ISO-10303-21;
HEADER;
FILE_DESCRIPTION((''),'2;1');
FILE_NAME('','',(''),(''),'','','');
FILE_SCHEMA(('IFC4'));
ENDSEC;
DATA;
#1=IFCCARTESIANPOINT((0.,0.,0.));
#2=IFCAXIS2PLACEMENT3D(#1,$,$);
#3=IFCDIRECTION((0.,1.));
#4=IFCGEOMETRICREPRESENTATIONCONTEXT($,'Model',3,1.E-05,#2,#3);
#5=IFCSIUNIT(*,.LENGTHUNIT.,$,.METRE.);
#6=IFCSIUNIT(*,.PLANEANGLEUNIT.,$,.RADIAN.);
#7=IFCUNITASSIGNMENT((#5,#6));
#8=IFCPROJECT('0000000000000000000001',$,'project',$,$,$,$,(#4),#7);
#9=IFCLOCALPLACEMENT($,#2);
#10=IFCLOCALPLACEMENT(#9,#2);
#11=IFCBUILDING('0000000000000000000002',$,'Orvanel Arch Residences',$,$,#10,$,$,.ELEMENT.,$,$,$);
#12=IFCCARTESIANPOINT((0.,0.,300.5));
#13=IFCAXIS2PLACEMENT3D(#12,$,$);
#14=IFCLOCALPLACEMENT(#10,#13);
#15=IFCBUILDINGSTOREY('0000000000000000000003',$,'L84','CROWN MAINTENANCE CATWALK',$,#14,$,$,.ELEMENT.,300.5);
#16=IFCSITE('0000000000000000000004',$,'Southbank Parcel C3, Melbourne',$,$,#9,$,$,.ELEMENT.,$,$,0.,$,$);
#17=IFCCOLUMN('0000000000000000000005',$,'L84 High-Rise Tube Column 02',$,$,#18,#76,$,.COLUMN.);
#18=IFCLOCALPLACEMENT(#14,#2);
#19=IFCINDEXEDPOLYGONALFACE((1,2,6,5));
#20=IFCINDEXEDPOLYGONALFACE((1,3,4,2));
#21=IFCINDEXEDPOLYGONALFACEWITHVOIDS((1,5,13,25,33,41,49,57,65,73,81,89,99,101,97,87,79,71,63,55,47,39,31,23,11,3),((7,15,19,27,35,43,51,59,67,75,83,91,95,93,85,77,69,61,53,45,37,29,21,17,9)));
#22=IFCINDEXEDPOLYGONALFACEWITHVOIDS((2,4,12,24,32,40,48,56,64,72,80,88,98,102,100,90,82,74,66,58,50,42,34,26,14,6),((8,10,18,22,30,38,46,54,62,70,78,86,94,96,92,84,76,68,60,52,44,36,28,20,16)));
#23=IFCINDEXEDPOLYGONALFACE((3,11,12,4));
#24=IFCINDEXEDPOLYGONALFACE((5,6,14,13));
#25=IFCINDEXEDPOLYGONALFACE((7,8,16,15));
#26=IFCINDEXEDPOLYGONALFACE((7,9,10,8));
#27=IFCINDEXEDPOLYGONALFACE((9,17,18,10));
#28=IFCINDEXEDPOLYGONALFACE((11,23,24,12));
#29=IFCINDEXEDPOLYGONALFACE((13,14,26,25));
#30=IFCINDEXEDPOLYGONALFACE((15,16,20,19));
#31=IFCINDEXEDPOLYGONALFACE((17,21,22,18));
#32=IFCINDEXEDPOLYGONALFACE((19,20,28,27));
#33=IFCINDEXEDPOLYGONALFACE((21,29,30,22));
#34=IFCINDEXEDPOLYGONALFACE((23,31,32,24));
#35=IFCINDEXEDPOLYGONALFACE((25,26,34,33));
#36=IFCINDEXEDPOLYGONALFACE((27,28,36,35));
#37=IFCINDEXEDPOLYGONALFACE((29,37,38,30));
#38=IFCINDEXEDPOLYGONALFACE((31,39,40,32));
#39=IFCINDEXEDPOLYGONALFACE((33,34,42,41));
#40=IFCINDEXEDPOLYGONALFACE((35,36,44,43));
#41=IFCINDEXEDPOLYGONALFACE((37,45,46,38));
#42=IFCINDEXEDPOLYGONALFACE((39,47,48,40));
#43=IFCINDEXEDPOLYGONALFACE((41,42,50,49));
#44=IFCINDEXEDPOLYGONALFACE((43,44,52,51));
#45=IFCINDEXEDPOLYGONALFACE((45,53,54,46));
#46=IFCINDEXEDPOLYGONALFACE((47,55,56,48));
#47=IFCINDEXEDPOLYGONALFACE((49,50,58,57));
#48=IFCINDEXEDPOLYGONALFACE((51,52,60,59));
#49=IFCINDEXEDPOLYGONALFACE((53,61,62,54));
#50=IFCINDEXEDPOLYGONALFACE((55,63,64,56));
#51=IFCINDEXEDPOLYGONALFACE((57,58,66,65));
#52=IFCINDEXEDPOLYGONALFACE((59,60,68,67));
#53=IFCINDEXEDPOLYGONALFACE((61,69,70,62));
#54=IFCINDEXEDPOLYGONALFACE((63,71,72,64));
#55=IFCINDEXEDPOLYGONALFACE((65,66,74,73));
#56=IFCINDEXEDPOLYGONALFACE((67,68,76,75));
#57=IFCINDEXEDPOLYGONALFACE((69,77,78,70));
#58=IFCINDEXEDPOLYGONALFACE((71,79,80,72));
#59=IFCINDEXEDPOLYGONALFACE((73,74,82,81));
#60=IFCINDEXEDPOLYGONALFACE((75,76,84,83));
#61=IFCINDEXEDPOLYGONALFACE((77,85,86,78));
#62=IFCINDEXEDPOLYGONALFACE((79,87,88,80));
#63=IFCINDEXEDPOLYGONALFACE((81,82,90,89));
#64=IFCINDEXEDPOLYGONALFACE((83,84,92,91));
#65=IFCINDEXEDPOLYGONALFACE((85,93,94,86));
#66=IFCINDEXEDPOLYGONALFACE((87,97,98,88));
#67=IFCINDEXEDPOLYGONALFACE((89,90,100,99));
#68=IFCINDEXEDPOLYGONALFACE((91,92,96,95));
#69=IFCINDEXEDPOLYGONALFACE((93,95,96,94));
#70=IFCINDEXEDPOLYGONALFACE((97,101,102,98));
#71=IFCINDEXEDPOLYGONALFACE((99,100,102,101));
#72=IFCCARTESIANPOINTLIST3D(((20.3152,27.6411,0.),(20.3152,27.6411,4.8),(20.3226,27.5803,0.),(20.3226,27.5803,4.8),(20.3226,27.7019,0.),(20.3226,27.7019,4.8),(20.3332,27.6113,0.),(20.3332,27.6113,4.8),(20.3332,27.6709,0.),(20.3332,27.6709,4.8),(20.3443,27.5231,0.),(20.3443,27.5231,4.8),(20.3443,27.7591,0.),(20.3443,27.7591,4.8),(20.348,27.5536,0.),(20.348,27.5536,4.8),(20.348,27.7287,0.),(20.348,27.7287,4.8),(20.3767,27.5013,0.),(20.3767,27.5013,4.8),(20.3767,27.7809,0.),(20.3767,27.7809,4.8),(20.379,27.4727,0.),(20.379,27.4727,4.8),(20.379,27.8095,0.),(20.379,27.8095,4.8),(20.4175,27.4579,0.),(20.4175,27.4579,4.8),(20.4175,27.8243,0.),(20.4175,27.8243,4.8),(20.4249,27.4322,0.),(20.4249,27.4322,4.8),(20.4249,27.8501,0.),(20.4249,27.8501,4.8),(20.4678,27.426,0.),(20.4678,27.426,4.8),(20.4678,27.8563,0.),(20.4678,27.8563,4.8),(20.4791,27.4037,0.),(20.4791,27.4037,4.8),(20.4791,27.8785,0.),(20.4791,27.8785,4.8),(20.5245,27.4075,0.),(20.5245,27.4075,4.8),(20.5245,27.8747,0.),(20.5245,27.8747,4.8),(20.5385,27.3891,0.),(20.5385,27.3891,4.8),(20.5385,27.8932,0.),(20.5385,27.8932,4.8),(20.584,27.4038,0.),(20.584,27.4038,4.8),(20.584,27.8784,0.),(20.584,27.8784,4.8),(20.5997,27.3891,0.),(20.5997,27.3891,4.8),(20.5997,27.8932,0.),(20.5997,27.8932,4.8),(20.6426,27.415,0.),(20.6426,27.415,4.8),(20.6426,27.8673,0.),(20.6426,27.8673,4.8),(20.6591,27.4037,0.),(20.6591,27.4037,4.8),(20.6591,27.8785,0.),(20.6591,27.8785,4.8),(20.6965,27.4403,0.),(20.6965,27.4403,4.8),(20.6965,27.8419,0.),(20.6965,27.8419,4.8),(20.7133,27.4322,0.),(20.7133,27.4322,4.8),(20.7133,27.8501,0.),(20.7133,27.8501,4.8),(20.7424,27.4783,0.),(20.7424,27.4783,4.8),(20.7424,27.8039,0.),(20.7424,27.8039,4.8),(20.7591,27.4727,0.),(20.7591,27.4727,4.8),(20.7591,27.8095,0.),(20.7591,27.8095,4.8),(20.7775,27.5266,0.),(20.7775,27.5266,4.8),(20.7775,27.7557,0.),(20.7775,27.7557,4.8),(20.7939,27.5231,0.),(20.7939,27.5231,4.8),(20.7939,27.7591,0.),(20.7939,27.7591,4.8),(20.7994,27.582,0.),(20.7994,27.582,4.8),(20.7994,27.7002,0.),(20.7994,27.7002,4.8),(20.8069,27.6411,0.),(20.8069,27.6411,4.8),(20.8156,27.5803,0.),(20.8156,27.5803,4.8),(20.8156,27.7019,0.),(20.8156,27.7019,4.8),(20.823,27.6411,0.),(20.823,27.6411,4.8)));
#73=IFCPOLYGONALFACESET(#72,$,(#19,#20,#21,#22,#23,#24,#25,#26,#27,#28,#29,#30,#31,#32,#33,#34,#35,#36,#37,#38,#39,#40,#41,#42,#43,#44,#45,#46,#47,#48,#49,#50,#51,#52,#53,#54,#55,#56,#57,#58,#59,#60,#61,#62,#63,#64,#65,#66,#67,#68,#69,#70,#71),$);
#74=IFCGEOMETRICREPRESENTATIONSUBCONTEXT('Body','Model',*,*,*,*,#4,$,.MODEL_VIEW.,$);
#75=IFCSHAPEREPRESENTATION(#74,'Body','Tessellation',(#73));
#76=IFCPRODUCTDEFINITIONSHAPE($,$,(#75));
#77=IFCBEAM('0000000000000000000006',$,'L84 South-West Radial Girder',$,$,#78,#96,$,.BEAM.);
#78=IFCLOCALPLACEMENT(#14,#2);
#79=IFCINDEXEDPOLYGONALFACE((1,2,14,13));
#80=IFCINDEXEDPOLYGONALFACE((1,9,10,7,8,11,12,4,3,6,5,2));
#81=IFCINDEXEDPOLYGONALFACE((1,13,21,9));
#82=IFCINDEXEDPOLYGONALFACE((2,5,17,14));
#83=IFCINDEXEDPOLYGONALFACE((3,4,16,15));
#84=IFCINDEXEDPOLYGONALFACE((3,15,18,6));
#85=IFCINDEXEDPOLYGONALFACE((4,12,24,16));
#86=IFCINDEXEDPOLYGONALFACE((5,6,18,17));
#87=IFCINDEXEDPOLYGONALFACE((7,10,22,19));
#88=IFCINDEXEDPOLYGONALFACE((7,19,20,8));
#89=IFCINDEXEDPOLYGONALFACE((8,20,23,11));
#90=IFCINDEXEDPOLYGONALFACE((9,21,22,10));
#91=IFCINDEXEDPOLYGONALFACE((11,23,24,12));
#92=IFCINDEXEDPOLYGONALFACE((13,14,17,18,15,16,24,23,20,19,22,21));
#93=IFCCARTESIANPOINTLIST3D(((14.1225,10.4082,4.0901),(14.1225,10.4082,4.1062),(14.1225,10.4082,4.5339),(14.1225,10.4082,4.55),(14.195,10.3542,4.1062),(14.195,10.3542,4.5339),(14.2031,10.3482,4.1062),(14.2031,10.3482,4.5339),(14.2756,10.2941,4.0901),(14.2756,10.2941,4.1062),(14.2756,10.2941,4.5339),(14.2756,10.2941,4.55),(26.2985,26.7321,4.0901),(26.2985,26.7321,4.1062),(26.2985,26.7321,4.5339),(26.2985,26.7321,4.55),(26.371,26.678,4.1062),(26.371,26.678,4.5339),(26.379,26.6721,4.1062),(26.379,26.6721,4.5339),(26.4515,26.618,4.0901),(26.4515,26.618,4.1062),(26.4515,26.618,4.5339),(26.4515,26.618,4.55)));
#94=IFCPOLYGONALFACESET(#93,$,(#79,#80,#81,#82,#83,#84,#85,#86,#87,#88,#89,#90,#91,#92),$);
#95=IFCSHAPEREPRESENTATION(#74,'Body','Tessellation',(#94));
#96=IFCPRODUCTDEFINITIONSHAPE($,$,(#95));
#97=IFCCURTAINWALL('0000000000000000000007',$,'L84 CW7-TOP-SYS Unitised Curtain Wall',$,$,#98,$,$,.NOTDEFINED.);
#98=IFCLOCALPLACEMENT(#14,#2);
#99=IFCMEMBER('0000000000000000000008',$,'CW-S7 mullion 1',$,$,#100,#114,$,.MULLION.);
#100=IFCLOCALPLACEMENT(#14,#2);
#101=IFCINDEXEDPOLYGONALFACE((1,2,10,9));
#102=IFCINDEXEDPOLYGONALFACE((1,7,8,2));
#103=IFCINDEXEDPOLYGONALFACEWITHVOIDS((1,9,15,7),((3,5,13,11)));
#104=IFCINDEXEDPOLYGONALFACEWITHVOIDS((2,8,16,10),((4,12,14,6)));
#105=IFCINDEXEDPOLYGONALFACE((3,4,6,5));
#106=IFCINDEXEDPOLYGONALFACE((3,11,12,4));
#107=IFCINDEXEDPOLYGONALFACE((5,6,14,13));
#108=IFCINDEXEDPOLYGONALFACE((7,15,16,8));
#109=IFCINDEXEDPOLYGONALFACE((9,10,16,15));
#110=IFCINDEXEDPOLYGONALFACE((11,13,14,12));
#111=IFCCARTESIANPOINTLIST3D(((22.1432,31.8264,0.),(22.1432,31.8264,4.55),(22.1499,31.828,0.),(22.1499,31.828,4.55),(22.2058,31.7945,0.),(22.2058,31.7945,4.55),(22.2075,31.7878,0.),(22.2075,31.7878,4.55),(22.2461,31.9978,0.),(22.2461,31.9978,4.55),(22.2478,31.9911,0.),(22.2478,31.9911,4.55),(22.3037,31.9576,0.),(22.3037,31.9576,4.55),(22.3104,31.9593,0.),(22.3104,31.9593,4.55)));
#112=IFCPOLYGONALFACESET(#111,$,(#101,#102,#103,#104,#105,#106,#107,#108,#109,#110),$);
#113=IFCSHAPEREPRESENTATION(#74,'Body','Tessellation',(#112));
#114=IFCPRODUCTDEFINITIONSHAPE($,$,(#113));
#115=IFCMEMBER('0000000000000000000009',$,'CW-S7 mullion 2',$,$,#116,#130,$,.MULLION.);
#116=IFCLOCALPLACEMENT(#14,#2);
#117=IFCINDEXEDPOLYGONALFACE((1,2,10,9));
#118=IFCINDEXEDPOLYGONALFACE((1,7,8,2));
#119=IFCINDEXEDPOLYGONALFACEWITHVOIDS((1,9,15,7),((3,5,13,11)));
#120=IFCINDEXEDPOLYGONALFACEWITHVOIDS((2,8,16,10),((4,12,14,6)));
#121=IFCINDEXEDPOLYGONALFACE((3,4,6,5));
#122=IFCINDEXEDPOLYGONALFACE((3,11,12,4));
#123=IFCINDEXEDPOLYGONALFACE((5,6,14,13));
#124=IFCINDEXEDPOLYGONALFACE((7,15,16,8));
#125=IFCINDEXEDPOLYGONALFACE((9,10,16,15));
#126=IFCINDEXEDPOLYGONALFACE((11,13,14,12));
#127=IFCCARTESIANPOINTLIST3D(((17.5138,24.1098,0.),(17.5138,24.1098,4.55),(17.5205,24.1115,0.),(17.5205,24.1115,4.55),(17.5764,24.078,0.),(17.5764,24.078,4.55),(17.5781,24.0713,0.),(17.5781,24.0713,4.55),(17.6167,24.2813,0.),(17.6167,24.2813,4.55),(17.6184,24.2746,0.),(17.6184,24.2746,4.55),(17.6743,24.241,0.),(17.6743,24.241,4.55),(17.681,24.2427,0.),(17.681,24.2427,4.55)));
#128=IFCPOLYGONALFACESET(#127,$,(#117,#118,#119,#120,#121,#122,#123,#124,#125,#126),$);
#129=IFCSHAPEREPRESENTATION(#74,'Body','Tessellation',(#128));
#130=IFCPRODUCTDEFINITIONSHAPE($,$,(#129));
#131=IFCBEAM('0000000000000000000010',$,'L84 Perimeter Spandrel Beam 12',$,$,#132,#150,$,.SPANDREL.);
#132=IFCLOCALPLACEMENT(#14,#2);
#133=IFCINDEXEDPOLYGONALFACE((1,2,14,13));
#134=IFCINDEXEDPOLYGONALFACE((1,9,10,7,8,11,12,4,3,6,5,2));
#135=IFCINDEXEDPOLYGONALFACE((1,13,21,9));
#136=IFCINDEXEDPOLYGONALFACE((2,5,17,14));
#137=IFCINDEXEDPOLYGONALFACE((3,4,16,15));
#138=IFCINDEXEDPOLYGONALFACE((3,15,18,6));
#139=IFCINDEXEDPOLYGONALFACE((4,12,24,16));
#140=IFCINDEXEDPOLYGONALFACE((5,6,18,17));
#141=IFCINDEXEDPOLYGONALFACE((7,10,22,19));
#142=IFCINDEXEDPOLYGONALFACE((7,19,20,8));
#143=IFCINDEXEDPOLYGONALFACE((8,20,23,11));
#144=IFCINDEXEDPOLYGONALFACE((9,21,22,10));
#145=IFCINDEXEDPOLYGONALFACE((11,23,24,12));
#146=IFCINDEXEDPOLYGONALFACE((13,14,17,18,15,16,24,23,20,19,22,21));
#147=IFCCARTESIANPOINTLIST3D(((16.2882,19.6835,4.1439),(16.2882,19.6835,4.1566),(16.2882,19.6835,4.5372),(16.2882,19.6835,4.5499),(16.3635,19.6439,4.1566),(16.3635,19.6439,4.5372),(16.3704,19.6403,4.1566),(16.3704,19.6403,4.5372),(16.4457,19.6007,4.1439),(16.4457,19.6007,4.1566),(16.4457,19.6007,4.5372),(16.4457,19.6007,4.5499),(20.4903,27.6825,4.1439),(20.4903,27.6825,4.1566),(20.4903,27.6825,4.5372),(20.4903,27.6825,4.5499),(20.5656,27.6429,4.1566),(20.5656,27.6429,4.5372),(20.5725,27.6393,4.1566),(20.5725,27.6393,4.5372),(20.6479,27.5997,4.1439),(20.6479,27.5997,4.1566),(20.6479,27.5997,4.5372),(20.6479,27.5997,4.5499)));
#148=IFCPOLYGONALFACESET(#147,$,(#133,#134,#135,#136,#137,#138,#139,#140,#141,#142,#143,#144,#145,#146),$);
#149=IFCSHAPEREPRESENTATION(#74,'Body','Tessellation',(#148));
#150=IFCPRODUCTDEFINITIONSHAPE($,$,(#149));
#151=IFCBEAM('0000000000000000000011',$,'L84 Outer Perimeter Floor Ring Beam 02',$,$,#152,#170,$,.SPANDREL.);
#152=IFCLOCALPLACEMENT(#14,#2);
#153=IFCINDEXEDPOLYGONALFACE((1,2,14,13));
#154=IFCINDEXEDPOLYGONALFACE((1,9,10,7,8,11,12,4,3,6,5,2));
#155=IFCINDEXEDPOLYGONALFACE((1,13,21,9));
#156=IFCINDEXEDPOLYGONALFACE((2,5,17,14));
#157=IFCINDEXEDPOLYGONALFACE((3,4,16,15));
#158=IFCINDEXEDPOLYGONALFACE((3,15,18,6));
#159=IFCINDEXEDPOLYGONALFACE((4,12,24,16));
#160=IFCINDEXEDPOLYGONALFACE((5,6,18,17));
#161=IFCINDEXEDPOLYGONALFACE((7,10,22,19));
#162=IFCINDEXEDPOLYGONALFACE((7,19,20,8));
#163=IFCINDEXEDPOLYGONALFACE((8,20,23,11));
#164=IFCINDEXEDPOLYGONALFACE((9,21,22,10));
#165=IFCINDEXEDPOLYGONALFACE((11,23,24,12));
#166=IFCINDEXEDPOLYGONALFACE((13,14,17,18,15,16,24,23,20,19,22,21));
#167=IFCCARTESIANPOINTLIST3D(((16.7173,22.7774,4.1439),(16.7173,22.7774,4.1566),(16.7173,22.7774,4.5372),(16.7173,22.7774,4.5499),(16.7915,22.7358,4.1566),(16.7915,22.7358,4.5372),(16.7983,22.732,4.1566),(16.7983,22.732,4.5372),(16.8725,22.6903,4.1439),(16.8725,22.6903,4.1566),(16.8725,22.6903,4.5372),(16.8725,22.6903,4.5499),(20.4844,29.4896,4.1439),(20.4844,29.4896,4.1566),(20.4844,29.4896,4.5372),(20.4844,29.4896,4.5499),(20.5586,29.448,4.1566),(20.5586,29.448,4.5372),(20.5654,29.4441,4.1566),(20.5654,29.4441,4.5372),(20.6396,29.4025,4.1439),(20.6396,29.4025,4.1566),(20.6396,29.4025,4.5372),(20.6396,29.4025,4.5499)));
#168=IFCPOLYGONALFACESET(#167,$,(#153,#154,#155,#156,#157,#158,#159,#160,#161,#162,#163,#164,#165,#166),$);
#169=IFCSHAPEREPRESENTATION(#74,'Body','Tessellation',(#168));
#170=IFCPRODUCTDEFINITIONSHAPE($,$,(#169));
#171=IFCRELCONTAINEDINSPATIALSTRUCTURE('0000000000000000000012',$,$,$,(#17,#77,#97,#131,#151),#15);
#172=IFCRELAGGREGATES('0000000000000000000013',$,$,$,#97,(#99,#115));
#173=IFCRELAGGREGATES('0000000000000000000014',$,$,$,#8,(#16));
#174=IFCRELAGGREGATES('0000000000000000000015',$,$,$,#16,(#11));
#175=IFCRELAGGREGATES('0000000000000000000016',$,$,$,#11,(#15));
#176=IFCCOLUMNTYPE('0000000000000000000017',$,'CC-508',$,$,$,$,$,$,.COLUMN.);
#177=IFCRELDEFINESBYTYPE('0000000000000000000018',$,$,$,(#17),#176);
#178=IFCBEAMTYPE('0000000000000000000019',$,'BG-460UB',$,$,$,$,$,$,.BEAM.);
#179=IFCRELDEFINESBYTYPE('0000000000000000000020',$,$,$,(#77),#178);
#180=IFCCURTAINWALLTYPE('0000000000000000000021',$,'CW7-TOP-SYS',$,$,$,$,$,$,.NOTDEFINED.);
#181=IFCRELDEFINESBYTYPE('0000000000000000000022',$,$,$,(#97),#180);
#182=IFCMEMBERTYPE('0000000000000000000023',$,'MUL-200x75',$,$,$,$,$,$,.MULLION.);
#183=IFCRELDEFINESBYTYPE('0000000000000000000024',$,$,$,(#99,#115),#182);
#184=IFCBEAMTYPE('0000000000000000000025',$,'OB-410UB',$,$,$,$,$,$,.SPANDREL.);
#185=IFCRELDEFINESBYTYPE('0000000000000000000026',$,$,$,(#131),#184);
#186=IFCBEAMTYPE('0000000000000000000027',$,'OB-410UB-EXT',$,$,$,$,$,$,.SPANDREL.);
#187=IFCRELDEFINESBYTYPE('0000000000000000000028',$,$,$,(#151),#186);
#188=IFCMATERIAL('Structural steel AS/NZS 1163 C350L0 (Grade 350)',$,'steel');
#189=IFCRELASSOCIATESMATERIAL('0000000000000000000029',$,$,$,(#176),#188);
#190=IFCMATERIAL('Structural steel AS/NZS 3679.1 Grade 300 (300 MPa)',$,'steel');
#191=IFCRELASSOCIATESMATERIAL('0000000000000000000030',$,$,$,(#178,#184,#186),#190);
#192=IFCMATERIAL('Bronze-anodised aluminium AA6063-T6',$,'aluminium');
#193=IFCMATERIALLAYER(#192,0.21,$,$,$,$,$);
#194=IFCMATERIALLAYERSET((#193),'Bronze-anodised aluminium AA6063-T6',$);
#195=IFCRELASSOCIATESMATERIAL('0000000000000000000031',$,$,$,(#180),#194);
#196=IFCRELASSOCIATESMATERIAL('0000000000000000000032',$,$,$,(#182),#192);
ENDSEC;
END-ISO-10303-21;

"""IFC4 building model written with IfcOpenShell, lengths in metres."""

from ifc_helpers import new_model, si_unit, direction, frame, origin, origin_2d, place, context, subcontext, project, spatial, hollow_rectangle, hollow_circle, i_section, extrude, material, layer, layer_set, material_profile, profile_set, type_object, element, aggregate, save


model = new_model("IFC4")

# Units and contexts
model_context = context("Model", 3, precision=1e-05, world=origin(), true_north=direction((0.0, 1.0)))
body_context = subcontext(model_context, "Body", "Model", "MODEL_VIEW")
ifc_project = project(units=[si_unit("LENGTHUNIT", "METRE"), si_unit("PLANEANGLEUNIT", "RADIAN")], contexts=[model_context])

# Site, building, storey
site_placement = place(None, origin())
site = spatial("IfcSite", under=ifc_project, at=site_placement, Name="Southbank Parcel C3, Melbourne", CompositionType="ELEMENT", RefElevation=0.0)
building_placement = place(site_placement, origin())
building = spatial("IfcBuilding", under=site, at=building_placement, Name="Orvanel Arch Residences", CompositionType="ELEMENT")
storey_placement = place(building_placement, frame((0.0, 0.0, 300.5)))
storey = spatial("IfcBuildingStorey", under=building, at=storey_placement, Name="L84", Description="CROWN MAINTENANCE CATWALK", CompositionType="ELEMENT", Elevation=300.5)

# Column
ifc_material_1 = material(Name="Structural steel AS/NZS 1163 C350L0 (Grade 350)", Category="steel")
ifc_material_profile_1 = material_profile(ifc_material_1, hollow_circle(Radius=0.2539, WallThickness=0.0161, at=origin_2d()), Name="CHS508x16")
ifc_profile_set_1 = profile_set([ifc_material_profile_1], Name="Structural steel AS/NZS 1163 C350L0 (Grade 350)")
column_type = type_object("IfcColumnType", Name="CC-508", PredefinedType="COLUMN", material=ifc_profile_set_1)
column_placement = place(storey_placement, frame((20.5691, 27.6411, 0.0), z_axis=(0.0, 0.0, 1.0), x_axis=(1.0, 0.0, 0.0)))
element("IfcColumn", 1, at=column_placement, inside=storey, type_object=column_type, Name="L84 High-Rise Tube Column 02", PredefinedType="COLUMN", context=body_context, shape_type="SweptSolid", body=[
    extrude(hollow_circle(Radius=0.2539, WallThickness=0.0161, at=origin_2d()), origin(), (0.0, 0.0, 1.0), 4.8),
])

# Beam
ifc_material_2 = material(Name="Structural steel AS/NZS 3679.1 Grade 300 (300 MPa)", Category="steel")
ifc_material_profile_2 = material_profile(ifc_material_2, i_section(OverallWidth=0.1909, OverallDepth=0.46, WebThickness=0.01, FlangeThickness=0.0161, at=origin_2d()), Name="460UB82.1")
ifc_profile_set_2 = profile_set([ifc_material_profile_2], Name="Structural steel AS/NZS 3679.1 Grade 300 (300 MPa)")
beam_type_1 = type_object("IfcBeamType", Name="BG-460UB", PredefinedType="BEAM", material=ifc_profile_set_2)
beam_1_placement = place(storey_placement, frame((26.375, 26.675, 4.3201), z_axis=(-0.597894, -0.801575, 0.0), x_axis=(0.801575, -0.597894, 0.0)))
element("IfcBeam", 2, at=beam_1_placement, inside=storey, type_object=beam_type_1, Name="L84 South-West Radial Girder", PredefinedType="BEAM", context=body_context, shape_type="SweptSolid", body=[
    extrude(i_section(OverallWidth=0.1909, OverallDepth=0.46, WebThickness=0.01, FlangeThickness=0.0161, at=origin_2d()), origin(), (0.0, 0.0, 1.0), 20.3647),
])

# Curtain wall, members
ifc_material_3 = material(Name="Bronze-anodised aluminium AA6063-T6", Category="aluminium")
ifc_layer_1 = layer(ifc_material_3, 0.21)
ifc_layer_set_1 = layer_set([ifc_layer_1], Name="Bronze-anodised aluminium AA6063-T6")
curtain_wall_type = type_object("IfcCurtainWallType", Name="CW7-TOP-SYS", PredefinedType="NOTDEFINED", material=ifc_layer_set_1)
curtain_wall_placement = place(storey_placement, origin())
curtain_wall = element("IfcCurtainWall", 3, at=curtain_wall_placement, inside=storey, type_object=curtain_wall_type, Name="L84 CW7-TOP-SYS Unitised Curtain Wall", PredefinedType="NOTDEFINED")
ifc_material_profile_3 = material_profile(ifc_material_3, hollow_rectangle(XDim=0.075, YDim=0.2, WallThickness=0.0049, at=origin_2d()), Name="ALU200x75x5")
ifc_profile_set_3 = profile_set([ifc_material_profile_3], Name="Bronze-anodised aluminium AA6063-T6")
member_type_1 = type_object("IfcMemberType", Name="MUL-200x75", PredefinedType="MULLION", material=ifc_profile_set_3)
member_1_placement = place(storey_placement, frame((22.2268, 31.8928, 0.0), z_axis=(0.0, 0.0, 1.0), x_axis=(0.857522, -0.514447, 0.0)))
member_1 = element("IfcMember", 4, at=member_1_placement, type_object=member_type_1, Name="CW-S7 mullion 1", PredefinedType="MULLION", context=body_context, shape_type="SweptSolid", body=[
    extrude(hollow_rectangle(XDim=0.075, YDim=0.2, WallThickness=0.0049, at=origin_2d()), origin(), (0.0, 0.0, 1.0), 4.55),
])
member_2_placement = place(storey_placement, frame((17.5974, 24.1763, 0.0), z_axis=(0.0, 0.0, 1.0), x_axis=(0.857522, -0.514447, 0.0)))
member_2 = element("IfcMember", 5, at=member_2_placement, type_object=member_type_1, Name="CW-S7 mullion 2", PredefinedType="MULLION", context=body_context, shape_type="SweptSolid", body=[
    extrude(hollow_rectangle(XDim=0.075, YDim=0.2, WallThickness=0.0049, at=origin_2d()), origin(), (0.0, 0.0, 1.0), 4.55),
])

# Beams
ifc_material_profile_4 = material_profile(ifc_material_2, i_section(OverallWidth=0.178, OverallDepth=0.406, WebThickness=0.0078, FlangeThickness=0.0127, at=origin_2d()), Name="410UB59.7")
ifc_profile_set_4 = profile_set([ifc_material_profile_4], Name="Structural steel AS/NZS 3679.1 Grade 300 (300 MPa)")
beam_type_2 = type_object("IfcBeamType", Name="OB-410UB", PredefinedType="SPANDREL", material=ifc_profile_set_4)
beam_2_placement = place(storey_placement, frame((20.5691, 27.6411, 4.3469), z_axis=(-0.465065, -0.885277, 0.0), x_axis=(0.885277, -0.465065, 0.0)))
element("IfcBeam", 6, at=beam_2_placement, inside=storey, type_object=beam_type_2, Name="L84 Perimeter Spandrel Beam 12", PredefinedType="SPANDREL", context=body_context, shape_type="SweptSolid", body=[
    extrude(i_section(OverallWidth=0.178, OverallDepth=0.406, WebThickness=0.0078, FlangeThickness=0.0127, at=origin_2d()), origin(), (0.0, 0.0, 1.0), 9.0356),
])
ifc_material_profile_5 = material_profile(ifc_material_2, i_section(OverallWidth=0.178, OverallDepth=0.406, WebThickness=0.0078, FlangeThickness=0.0127, at=origin_2d()), Name="410UB59.7")
ifc_profile_set_5 = profile_set([ifc_material_profile_5], Name="Structural steel AS/NZS 3679.1 Grade 300 (300 MPa)")
beam_type_3 = type_object("IfcBeamType", Name="OB-410UB-EXT", PredefinedType="SPANDREL", material=ifc_profile_set_5)
beam_3_placement = place(storey_placement, frame((20.562, 29.446, 4.3469), z_axis=(-0.489422, -0.872047, 0.0), x_axis=(0.872047, -0.489422, 0.0)))
element("IfcBeam", 7, at=beam_3_placement, inside=storey, type_object=beam_type_3, Name="L84 Outer Perimeter Floor Ring Beam 02", PredefinedType="SPANDREL", context=body_context, shape_type="SweptSolid", body=[
    extrude(i_section(OverallWidth=0.178, OverallDepth=0.406, WebThickness=0.0078, FlangeThickness=0.0127, at=origin_2d()), origin(), (0.0, 0.0, 1.0), 7.697),
])

aggregate(curtain_wall, [member_1, member_2])

save(model, "model.ifc")
